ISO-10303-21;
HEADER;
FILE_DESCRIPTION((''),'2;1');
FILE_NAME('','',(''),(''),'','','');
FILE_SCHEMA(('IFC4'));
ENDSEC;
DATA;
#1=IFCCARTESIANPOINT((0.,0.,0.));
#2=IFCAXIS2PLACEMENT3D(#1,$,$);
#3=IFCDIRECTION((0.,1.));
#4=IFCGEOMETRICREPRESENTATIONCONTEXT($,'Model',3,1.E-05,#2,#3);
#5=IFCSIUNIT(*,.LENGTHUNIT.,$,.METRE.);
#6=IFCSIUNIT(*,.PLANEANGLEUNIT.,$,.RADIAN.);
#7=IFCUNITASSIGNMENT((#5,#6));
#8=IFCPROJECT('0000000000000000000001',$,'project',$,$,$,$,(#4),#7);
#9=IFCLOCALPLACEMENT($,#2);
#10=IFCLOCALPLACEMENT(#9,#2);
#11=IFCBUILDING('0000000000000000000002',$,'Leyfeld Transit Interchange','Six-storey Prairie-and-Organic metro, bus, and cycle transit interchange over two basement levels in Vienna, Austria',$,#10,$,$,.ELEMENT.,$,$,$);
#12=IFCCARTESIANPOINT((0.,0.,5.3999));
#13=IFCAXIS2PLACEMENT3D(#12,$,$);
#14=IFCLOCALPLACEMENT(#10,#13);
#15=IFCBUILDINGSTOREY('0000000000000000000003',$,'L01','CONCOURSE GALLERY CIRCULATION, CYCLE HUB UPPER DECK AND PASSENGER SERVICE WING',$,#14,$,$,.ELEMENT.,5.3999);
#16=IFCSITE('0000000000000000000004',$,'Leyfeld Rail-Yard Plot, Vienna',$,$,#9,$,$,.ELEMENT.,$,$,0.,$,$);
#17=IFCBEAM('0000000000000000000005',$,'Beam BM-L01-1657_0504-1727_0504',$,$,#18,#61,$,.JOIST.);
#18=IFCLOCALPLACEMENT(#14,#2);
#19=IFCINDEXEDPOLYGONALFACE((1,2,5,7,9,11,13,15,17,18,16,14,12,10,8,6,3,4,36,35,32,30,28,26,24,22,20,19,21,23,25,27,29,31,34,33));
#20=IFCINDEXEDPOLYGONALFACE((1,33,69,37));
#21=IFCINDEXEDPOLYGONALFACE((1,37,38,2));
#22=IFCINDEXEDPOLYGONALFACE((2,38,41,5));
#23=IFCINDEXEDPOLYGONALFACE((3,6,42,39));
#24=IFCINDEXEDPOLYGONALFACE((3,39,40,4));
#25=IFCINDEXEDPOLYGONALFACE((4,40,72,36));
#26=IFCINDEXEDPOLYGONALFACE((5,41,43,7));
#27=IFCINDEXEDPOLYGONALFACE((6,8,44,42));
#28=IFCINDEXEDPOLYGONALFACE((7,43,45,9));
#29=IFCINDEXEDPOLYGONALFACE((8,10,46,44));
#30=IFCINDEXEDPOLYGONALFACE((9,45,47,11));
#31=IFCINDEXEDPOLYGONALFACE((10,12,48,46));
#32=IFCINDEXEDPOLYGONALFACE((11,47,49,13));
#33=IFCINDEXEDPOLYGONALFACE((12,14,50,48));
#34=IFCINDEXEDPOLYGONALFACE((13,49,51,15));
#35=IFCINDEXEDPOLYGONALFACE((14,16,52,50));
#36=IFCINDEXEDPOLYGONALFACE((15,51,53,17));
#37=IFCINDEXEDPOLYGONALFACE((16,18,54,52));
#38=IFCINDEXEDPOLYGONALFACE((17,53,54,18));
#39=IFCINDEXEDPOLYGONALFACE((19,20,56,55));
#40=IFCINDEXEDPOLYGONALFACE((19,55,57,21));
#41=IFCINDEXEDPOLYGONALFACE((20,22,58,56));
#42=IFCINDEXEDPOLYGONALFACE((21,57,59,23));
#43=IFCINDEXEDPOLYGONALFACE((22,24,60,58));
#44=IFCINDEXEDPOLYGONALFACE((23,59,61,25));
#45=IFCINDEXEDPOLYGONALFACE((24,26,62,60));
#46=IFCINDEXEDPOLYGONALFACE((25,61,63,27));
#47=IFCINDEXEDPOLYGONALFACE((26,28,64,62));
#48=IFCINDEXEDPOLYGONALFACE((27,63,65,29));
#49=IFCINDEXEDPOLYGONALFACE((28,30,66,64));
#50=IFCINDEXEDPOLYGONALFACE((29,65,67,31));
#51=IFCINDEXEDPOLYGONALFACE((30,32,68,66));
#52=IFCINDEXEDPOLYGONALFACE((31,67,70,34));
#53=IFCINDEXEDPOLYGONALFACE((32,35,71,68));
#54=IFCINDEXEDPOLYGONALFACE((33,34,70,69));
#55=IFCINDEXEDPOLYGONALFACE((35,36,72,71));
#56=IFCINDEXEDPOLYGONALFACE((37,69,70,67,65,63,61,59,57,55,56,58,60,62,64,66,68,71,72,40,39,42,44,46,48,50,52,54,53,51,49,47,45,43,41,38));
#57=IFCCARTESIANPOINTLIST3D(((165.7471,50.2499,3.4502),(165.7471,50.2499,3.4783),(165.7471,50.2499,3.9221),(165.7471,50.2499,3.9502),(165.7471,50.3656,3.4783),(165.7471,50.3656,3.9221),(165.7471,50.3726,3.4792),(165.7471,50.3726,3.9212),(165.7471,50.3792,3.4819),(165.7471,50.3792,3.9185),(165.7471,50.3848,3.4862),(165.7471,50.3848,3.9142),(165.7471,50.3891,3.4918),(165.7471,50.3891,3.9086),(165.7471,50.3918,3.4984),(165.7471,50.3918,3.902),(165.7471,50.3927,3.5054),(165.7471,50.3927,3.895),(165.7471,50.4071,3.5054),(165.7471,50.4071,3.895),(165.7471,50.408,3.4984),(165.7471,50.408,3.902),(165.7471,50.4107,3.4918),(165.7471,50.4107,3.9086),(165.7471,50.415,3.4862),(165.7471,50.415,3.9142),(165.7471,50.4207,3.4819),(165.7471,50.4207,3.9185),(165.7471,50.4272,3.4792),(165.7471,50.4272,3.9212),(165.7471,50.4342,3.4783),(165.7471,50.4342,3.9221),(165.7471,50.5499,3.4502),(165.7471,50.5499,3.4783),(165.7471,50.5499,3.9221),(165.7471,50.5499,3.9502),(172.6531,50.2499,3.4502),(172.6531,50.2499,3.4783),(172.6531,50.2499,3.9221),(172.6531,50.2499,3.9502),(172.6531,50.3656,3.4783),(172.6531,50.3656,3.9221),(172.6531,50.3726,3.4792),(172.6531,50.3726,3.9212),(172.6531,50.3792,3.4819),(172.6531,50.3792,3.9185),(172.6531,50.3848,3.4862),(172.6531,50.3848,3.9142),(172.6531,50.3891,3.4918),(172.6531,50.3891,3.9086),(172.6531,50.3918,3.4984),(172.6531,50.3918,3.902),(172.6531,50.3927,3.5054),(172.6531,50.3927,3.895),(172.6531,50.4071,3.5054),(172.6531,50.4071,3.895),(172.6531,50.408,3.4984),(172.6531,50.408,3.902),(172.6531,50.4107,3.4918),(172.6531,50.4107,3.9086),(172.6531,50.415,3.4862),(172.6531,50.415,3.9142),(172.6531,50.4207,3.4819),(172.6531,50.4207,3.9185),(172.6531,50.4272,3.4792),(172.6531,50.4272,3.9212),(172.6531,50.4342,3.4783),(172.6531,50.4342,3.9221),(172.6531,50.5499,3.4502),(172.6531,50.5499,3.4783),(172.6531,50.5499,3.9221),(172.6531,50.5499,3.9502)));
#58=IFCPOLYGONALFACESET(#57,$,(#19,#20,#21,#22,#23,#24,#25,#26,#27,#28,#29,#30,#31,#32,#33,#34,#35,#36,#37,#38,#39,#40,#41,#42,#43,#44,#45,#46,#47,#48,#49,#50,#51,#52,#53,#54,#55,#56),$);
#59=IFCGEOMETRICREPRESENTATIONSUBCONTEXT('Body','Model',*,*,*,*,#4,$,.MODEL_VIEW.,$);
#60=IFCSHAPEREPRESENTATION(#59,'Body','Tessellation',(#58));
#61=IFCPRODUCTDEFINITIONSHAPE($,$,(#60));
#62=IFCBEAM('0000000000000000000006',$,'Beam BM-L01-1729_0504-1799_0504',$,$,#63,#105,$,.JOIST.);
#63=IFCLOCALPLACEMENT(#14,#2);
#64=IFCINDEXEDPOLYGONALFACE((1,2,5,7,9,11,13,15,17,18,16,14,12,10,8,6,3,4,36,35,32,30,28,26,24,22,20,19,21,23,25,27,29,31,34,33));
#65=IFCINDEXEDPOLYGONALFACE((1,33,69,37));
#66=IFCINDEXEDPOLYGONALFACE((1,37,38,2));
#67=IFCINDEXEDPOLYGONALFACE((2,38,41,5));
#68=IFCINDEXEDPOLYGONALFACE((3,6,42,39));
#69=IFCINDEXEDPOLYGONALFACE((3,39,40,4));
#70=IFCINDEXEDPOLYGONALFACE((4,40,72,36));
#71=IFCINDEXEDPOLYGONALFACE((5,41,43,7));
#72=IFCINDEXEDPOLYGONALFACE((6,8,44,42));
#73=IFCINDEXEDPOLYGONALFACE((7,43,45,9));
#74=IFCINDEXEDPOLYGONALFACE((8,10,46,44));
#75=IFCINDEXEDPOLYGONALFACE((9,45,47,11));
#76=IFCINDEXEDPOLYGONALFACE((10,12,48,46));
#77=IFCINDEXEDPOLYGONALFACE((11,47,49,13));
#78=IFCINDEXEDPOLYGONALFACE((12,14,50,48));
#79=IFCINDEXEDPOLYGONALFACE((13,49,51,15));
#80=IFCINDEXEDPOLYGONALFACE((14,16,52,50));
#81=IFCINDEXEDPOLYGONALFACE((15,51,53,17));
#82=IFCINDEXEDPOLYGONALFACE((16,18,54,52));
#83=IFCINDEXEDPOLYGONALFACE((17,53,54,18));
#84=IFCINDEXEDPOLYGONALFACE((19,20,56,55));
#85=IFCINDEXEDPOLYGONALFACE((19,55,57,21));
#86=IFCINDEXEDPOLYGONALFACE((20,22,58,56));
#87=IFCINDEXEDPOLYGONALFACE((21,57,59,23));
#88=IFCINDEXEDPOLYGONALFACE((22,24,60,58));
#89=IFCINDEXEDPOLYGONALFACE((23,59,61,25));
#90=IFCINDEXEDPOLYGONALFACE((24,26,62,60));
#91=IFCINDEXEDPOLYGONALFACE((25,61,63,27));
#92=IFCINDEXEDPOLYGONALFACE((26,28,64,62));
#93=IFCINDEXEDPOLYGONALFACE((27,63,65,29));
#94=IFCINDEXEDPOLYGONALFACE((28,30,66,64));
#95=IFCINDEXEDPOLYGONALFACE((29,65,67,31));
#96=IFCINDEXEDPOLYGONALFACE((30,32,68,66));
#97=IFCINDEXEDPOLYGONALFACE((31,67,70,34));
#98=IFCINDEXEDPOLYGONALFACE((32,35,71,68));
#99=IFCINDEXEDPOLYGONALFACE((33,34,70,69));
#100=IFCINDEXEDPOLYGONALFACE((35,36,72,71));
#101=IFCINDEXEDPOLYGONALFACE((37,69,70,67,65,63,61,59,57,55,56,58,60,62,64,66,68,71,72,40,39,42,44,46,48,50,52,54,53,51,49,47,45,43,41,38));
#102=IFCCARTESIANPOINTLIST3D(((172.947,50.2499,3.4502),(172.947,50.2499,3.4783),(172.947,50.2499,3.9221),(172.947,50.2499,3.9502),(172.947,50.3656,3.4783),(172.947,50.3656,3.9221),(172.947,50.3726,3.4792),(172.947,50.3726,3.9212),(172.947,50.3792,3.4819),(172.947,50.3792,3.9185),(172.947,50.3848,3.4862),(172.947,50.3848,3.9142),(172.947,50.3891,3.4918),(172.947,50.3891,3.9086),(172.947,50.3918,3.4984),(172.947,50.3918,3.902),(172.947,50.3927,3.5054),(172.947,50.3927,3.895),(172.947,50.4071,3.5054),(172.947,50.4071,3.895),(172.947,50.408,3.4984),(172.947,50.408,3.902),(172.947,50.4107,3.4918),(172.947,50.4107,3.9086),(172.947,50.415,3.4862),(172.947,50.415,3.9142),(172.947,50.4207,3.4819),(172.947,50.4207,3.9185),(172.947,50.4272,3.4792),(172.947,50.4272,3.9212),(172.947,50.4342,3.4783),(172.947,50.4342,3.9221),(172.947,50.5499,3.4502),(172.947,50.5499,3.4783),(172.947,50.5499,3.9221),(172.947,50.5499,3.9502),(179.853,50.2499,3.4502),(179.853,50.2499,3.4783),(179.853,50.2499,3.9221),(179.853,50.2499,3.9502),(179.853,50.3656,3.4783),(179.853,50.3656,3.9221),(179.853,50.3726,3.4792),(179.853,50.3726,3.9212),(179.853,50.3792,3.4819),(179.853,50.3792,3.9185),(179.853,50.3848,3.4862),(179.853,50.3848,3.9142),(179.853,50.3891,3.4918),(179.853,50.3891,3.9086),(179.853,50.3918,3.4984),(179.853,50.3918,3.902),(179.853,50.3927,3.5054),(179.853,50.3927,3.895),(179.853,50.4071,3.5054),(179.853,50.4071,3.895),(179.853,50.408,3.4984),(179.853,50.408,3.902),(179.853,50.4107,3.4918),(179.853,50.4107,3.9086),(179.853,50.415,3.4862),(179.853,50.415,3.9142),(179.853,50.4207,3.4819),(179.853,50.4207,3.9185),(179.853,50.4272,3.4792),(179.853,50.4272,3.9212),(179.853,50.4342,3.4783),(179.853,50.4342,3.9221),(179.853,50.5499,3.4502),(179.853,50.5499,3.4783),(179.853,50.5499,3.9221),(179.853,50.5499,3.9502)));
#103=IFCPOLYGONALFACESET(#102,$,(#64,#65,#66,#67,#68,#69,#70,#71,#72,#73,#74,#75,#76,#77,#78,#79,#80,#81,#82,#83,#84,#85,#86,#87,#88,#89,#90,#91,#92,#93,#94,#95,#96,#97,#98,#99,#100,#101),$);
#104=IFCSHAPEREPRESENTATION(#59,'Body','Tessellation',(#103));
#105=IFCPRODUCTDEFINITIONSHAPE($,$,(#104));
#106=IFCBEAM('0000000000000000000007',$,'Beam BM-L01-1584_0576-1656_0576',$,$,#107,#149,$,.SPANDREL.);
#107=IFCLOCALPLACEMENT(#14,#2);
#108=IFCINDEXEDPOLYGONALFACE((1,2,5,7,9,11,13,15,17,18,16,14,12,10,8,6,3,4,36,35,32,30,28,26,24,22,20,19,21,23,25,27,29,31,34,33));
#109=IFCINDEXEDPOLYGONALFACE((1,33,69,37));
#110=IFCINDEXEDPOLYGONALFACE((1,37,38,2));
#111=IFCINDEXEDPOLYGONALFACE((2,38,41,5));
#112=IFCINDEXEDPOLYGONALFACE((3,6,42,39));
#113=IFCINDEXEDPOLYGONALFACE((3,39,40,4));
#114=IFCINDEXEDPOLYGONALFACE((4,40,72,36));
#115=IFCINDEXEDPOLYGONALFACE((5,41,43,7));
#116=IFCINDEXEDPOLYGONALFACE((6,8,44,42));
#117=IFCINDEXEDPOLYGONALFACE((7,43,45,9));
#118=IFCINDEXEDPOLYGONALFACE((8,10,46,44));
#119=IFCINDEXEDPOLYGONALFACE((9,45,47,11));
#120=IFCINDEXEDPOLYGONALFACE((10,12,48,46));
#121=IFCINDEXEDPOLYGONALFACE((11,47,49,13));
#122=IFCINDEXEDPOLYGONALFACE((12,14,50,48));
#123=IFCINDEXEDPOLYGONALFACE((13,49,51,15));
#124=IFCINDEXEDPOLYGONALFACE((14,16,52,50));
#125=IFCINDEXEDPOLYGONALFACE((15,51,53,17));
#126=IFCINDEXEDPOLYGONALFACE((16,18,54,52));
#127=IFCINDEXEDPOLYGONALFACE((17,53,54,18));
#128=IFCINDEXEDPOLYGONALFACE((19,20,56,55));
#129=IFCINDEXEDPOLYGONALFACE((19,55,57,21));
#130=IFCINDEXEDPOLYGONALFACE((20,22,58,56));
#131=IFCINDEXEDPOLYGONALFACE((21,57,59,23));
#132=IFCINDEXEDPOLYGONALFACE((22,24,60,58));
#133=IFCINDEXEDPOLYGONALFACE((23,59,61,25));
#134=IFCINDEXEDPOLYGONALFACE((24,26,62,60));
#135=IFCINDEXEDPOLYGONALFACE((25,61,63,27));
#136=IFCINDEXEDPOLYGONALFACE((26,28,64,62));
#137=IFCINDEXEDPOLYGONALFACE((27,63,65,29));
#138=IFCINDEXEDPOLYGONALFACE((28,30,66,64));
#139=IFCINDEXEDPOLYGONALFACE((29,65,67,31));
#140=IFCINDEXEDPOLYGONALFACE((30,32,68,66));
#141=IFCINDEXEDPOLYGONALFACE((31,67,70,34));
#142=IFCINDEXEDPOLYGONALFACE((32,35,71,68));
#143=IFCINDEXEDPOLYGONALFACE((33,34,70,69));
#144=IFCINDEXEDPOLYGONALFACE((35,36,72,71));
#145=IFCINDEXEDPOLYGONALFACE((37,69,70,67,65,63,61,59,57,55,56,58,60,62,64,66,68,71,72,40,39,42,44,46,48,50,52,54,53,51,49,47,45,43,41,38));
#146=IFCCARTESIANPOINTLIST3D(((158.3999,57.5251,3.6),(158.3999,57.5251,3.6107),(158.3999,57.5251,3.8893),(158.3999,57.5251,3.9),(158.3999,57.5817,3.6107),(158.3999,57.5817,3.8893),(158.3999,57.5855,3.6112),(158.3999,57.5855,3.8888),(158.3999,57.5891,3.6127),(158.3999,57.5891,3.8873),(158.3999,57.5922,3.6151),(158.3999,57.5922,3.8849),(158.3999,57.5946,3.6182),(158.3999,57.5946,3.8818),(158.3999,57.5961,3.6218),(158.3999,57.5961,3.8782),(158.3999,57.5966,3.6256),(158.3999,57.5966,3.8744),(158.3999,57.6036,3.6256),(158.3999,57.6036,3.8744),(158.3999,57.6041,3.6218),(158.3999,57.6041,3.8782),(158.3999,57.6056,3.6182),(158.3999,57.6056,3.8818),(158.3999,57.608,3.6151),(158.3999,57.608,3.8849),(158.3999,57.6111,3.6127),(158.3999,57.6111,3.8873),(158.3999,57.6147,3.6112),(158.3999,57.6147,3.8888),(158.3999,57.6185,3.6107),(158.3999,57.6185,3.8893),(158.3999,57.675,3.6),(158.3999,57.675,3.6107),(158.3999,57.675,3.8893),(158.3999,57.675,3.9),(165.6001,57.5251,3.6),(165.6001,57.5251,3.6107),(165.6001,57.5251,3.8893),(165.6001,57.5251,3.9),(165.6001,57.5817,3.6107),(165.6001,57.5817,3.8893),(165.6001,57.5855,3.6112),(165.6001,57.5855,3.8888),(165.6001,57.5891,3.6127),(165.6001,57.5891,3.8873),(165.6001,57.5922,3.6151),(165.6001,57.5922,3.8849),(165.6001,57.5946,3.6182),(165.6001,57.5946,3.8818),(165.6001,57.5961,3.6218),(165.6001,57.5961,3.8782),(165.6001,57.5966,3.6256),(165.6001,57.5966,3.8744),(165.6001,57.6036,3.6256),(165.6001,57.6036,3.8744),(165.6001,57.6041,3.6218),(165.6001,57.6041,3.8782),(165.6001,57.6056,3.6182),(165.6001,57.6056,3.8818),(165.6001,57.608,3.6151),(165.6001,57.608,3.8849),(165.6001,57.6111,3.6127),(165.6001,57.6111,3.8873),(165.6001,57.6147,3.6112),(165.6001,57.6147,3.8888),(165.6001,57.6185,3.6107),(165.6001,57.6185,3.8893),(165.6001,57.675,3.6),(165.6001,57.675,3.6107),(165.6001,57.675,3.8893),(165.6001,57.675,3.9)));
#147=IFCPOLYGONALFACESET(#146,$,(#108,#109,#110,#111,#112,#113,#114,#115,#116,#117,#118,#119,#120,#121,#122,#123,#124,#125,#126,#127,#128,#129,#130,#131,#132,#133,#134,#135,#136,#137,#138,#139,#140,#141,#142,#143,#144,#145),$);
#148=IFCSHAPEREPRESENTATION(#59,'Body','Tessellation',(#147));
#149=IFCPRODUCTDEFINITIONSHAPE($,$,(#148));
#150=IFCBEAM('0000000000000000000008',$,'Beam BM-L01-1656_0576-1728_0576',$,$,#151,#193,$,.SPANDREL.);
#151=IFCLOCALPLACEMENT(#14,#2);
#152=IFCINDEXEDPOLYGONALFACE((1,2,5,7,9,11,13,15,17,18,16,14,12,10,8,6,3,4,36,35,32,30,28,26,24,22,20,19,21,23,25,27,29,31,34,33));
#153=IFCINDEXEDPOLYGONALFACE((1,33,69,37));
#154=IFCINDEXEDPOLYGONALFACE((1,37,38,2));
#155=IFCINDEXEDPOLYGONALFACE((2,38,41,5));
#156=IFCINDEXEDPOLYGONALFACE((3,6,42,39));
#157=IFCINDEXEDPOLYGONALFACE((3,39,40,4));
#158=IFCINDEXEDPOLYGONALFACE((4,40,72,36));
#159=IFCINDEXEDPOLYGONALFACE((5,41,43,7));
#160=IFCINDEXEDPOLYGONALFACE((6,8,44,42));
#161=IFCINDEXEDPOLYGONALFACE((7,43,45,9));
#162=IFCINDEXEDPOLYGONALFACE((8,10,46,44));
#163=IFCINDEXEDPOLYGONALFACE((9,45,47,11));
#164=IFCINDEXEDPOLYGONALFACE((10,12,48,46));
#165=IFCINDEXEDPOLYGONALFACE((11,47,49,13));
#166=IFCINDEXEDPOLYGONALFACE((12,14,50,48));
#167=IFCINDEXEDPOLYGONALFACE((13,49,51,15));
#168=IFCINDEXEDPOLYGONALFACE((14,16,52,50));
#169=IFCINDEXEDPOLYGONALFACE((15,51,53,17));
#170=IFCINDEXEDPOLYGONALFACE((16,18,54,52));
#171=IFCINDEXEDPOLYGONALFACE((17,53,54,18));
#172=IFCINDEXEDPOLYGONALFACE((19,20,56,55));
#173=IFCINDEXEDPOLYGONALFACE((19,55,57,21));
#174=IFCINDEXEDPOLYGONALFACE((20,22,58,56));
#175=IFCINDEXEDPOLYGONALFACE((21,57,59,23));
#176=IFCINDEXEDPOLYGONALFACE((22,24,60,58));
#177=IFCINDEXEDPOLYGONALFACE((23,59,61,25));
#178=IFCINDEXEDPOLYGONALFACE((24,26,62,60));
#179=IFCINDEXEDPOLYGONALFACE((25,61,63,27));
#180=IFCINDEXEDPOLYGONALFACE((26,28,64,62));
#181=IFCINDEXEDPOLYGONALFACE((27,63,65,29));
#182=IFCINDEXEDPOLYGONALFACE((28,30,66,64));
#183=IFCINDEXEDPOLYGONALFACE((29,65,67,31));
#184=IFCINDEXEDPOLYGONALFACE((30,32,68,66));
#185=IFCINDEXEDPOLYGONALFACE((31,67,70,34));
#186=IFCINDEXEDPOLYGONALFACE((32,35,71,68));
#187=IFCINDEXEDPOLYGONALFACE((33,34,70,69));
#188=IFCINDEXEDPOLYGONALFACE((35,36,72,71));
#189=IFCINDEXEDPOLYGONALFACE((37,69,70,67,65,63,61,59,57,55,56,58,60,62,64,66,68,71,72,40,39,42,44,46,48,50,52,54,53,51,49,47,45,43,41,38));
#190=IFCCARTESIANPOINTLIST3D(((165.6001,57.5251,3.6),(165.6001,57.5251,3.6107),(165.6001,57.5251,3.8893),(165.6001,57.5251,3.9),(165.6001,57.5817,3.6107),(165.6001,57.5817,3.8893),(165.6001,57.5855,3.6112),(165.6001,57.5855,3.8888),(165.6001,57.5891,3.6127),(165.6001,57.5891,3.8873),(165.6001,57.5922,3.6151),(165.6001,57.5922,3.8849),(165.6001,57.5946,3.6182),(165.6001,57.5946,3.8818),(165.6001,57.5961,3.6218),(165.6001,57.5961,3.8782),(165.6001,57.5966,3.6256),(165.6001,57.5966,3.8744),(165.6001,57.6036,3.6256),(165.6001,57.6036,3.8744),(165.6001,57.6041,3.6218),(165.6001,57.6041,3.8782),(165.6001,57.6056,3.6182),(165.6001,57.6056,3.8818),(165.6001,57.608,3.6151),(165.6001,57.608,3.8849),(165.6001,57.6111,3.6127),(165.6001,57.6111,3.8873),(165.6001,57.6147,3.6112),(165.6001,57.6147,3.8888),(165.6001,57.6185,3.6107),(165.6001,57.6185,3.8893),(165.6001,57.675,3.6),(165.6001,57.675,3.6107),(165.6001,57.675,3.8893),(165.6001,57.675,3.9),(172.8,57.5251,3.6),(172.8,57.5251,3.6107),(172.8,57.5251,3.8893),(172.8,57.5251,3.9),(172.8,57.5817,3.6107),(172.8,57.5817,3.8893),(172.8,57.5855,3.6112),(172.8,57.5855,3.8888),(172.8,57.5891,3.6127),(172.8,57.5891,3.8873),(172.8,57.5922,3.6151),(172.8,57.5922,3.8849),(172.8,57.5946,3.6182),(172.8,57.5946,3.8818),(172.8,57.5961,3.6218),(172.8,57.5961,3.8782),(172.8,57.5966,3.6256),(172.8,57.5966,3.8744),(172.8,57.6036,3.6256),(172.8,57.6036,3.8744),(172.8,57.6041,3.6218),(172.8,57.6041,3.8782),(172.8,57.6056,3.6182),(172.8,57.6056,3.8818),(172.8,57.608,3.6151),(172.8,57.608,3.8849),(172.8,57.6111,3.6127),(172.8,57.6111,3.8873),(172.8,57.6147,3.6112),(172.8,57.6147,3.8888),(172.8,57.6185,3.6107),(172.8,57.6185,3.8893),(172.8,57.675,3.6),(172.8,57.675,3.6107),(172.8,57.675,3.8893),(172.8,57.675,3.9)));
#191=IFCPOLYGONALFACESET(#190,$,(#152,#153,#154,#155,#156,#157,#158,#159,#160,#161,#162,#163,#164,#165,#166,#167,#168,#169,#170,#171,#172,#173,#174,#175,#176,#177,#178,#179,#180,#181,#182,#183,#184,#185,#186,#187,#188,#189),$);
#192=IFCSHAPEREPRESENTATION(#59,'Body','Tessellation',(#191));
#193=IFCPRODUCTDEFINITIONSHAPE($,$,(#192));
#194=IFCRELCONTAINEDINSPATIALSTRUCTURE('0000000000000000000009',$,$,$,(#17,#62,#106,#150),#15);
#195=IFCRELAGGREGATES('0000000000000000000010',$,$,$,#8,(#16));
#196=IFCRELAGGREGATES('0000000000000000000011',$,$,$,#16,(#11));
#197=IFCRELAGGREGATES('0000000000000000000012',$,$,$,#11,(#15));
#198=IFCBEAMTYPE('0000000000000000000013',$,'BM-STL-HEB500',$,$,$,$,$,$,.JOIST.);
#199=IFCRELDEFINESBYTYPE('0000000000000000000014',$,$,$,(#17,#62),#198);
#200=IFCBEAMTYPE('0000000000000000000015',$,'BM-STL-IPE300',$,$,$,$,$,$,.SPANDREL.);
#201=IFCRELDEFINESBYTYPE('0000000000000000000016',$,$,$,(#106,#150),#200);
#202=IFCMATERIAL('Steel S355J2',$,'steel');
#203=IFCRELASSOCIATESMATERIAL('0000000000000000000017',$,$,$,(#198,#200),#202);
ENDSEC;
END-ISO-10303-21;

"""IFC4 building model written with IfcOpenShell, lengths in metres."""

from ifc_helpers import new_model, si_unit, direction, frame, origin, origin_2d, place, context, subcontext, project, spatial, i_section, extrude, material, material_profile, profile_set, type_object, element, save


model = new_model("IFC4")

# Units and contexts
model_context = context("Model", 3, precision=1e-05, world=origin(), true_north=direction((0.0, 1.0)))
body_context = subcontext(model_context, "Body", "Model", "MODEL_VIEW")
ifc_project = project(units=[si_unit("LENGTHUNIT", "METRE"), si_unit("PLANEANGLEUNIT", "RADIAN")], contexts=[model_context])

# Site, building, storey
site_placement = place(None, origin())
site = spatial("IfcSite", under=ifc_project, at=site_placement, Name="Leyfeld Rail-Yard Plot, Vienna", CompositionType="ELEMENT", RefElevation=0.0)
building_placement = place(site_placement, origin())
building = spatial("IfcBuilding", under=site, at=building_placement, Name="Leyfeld Transit Interchange", Description="Six-storey Prairie-and-Organic metro, bus, and cycle transit interchange over two basement levels in Vienna, Austria", CompositionType="ELEMENT")
storey_placement = place(building_placement, frame((0.0, 0.0, 5.3999)))
storey = spatial("IfcBuildingStorey", under=building, at=storey_placement, Name="L01", Description="CONCOURSE GALLERY CIRCULATION, CYCLE HUB UPPER DECK AND PASSENGER SERVICE WING", CompositionType="ELEMENT", Elevation=5.3999)

# Shared definitions
ifc_material_1 = material(Name="Steel S355J2", Category="steel")

# Beams
ifc_material_profile_1 = material_profile(ifc_material_1, i_section(OverallWidth=0.3, OverallDepth=0.5, WebThickness=0.0144, FlangeThickness=0.0281, FilletRadius=0.0271, at=origin_2d()), Name="HEB 500")
ifc_profile_set_1 = profile_set([ifc_material_profile_1], Name="Steel S355J2")
beam_type_1 = type_object("IfcBeamType", Name="BM-STL-HEB500", PredefinedType="JOIST", material=ifc_profile_set_1)
for number, where, z_axis, x_axis, name in (
    (1, (165.7471, 50.3999, 3.7002), (1.0, 0.0, 0.0), (0.0, 1.0, 0.0), "Beam BM-L01-1657_0504-1727_0504"),
    (2, (172.947, 50.3999, 3.7002), (1.0, 0.0, 0.0), (0.0, 1.0, 0.0), "Beam BM-L01-1729_0504-1799_0504"),
):
    element("IfcBeam", number, at=place(storey_placement, frame(where, z_axis=z_axis, x_axis=x_axis)), inside=storey, type_object=beam_type_1, Name=name, PredefinedType="JOIST", context=body_context, shape_type="SweptSolid", body=[
        extrude(i_section(OverallWidth=0.3, OverallDepth=0.5, WebThickness=0.0144, FlangeThickness=0.0281, FilletRadius=0.0271, at=origin_2d()), origin(), (0.0, 0.0, 1.0), 6.906),
    ])
ifc_material_profile_2 = material_profile(ifc_material_1, i_section(OverallWidth=0.1499, OverallDepth=0.3, WebThickness=0.0071, FlangeThickness=0.0107, FilletRadius=0.0149, at=origin_2d()), Name="IPE 300")
ifc_profile_set_2 = profile_set([ifc_material_profile_2], Name="Steel S355J2")
beam_type_2 = type_object("IfcBeamType", Name="BM-STL-IPE300", PredefinedType="SPANDREL", material=ifc_profile_set_2)
beam_1_placement = place(storey_placement, frame((158.3999, 57.6001, 3.75), z_axis=(1.0, 0.0, 0.0), x_axis=(0.0, 1.0, 0.0)))
element("IfcBeam", 3, at=beam_1_placement, inside=storey, type_object=beam_type_2, Name="Beam BM-L01-1584_0576-1656_0576", PredefinedType="SPANDREL", context=body_context, shape_type="SweptSolid", body=[
    extrude(i_section(OverallWidth=0.1499, OverallDepth=0.3, WebThickness=0.0071, FlangeThickness=0.0107, FilletRadius=0.0149, at=origin_2d()), origin(), (0.0, 0.0, 1.0), 7.2002),
])
for number, where, z_axis, x_axis, name in (
    (4, (165.6001, 57.6001, 3.75), (1.0, 0.0, 0.0), (0.0, 1.0, 0.0), "Beam BM-L01-1656_0576-1728_0576"),
):
    element("IfcBeam", number, at=place(storey_placement, frame(where, z_axis=z_axis, x_axis=x_axis)), inside=storey, type_object=beam_type_2, Name=name, PredefinedType="SPANDREL", context=body_context, shape_type="SweptSolid", body=[
        extrude(i_section(OverallWidth=0.1499, OverallDepth=0.3, WebThickness=0.0071, FlangeThickness=0.0107, FilletRadius=0.0149, at=origin_2d()), origin(), (0.0, 0.0, 1.0), 7.2),
    ])

save(model, "model.ifc")
